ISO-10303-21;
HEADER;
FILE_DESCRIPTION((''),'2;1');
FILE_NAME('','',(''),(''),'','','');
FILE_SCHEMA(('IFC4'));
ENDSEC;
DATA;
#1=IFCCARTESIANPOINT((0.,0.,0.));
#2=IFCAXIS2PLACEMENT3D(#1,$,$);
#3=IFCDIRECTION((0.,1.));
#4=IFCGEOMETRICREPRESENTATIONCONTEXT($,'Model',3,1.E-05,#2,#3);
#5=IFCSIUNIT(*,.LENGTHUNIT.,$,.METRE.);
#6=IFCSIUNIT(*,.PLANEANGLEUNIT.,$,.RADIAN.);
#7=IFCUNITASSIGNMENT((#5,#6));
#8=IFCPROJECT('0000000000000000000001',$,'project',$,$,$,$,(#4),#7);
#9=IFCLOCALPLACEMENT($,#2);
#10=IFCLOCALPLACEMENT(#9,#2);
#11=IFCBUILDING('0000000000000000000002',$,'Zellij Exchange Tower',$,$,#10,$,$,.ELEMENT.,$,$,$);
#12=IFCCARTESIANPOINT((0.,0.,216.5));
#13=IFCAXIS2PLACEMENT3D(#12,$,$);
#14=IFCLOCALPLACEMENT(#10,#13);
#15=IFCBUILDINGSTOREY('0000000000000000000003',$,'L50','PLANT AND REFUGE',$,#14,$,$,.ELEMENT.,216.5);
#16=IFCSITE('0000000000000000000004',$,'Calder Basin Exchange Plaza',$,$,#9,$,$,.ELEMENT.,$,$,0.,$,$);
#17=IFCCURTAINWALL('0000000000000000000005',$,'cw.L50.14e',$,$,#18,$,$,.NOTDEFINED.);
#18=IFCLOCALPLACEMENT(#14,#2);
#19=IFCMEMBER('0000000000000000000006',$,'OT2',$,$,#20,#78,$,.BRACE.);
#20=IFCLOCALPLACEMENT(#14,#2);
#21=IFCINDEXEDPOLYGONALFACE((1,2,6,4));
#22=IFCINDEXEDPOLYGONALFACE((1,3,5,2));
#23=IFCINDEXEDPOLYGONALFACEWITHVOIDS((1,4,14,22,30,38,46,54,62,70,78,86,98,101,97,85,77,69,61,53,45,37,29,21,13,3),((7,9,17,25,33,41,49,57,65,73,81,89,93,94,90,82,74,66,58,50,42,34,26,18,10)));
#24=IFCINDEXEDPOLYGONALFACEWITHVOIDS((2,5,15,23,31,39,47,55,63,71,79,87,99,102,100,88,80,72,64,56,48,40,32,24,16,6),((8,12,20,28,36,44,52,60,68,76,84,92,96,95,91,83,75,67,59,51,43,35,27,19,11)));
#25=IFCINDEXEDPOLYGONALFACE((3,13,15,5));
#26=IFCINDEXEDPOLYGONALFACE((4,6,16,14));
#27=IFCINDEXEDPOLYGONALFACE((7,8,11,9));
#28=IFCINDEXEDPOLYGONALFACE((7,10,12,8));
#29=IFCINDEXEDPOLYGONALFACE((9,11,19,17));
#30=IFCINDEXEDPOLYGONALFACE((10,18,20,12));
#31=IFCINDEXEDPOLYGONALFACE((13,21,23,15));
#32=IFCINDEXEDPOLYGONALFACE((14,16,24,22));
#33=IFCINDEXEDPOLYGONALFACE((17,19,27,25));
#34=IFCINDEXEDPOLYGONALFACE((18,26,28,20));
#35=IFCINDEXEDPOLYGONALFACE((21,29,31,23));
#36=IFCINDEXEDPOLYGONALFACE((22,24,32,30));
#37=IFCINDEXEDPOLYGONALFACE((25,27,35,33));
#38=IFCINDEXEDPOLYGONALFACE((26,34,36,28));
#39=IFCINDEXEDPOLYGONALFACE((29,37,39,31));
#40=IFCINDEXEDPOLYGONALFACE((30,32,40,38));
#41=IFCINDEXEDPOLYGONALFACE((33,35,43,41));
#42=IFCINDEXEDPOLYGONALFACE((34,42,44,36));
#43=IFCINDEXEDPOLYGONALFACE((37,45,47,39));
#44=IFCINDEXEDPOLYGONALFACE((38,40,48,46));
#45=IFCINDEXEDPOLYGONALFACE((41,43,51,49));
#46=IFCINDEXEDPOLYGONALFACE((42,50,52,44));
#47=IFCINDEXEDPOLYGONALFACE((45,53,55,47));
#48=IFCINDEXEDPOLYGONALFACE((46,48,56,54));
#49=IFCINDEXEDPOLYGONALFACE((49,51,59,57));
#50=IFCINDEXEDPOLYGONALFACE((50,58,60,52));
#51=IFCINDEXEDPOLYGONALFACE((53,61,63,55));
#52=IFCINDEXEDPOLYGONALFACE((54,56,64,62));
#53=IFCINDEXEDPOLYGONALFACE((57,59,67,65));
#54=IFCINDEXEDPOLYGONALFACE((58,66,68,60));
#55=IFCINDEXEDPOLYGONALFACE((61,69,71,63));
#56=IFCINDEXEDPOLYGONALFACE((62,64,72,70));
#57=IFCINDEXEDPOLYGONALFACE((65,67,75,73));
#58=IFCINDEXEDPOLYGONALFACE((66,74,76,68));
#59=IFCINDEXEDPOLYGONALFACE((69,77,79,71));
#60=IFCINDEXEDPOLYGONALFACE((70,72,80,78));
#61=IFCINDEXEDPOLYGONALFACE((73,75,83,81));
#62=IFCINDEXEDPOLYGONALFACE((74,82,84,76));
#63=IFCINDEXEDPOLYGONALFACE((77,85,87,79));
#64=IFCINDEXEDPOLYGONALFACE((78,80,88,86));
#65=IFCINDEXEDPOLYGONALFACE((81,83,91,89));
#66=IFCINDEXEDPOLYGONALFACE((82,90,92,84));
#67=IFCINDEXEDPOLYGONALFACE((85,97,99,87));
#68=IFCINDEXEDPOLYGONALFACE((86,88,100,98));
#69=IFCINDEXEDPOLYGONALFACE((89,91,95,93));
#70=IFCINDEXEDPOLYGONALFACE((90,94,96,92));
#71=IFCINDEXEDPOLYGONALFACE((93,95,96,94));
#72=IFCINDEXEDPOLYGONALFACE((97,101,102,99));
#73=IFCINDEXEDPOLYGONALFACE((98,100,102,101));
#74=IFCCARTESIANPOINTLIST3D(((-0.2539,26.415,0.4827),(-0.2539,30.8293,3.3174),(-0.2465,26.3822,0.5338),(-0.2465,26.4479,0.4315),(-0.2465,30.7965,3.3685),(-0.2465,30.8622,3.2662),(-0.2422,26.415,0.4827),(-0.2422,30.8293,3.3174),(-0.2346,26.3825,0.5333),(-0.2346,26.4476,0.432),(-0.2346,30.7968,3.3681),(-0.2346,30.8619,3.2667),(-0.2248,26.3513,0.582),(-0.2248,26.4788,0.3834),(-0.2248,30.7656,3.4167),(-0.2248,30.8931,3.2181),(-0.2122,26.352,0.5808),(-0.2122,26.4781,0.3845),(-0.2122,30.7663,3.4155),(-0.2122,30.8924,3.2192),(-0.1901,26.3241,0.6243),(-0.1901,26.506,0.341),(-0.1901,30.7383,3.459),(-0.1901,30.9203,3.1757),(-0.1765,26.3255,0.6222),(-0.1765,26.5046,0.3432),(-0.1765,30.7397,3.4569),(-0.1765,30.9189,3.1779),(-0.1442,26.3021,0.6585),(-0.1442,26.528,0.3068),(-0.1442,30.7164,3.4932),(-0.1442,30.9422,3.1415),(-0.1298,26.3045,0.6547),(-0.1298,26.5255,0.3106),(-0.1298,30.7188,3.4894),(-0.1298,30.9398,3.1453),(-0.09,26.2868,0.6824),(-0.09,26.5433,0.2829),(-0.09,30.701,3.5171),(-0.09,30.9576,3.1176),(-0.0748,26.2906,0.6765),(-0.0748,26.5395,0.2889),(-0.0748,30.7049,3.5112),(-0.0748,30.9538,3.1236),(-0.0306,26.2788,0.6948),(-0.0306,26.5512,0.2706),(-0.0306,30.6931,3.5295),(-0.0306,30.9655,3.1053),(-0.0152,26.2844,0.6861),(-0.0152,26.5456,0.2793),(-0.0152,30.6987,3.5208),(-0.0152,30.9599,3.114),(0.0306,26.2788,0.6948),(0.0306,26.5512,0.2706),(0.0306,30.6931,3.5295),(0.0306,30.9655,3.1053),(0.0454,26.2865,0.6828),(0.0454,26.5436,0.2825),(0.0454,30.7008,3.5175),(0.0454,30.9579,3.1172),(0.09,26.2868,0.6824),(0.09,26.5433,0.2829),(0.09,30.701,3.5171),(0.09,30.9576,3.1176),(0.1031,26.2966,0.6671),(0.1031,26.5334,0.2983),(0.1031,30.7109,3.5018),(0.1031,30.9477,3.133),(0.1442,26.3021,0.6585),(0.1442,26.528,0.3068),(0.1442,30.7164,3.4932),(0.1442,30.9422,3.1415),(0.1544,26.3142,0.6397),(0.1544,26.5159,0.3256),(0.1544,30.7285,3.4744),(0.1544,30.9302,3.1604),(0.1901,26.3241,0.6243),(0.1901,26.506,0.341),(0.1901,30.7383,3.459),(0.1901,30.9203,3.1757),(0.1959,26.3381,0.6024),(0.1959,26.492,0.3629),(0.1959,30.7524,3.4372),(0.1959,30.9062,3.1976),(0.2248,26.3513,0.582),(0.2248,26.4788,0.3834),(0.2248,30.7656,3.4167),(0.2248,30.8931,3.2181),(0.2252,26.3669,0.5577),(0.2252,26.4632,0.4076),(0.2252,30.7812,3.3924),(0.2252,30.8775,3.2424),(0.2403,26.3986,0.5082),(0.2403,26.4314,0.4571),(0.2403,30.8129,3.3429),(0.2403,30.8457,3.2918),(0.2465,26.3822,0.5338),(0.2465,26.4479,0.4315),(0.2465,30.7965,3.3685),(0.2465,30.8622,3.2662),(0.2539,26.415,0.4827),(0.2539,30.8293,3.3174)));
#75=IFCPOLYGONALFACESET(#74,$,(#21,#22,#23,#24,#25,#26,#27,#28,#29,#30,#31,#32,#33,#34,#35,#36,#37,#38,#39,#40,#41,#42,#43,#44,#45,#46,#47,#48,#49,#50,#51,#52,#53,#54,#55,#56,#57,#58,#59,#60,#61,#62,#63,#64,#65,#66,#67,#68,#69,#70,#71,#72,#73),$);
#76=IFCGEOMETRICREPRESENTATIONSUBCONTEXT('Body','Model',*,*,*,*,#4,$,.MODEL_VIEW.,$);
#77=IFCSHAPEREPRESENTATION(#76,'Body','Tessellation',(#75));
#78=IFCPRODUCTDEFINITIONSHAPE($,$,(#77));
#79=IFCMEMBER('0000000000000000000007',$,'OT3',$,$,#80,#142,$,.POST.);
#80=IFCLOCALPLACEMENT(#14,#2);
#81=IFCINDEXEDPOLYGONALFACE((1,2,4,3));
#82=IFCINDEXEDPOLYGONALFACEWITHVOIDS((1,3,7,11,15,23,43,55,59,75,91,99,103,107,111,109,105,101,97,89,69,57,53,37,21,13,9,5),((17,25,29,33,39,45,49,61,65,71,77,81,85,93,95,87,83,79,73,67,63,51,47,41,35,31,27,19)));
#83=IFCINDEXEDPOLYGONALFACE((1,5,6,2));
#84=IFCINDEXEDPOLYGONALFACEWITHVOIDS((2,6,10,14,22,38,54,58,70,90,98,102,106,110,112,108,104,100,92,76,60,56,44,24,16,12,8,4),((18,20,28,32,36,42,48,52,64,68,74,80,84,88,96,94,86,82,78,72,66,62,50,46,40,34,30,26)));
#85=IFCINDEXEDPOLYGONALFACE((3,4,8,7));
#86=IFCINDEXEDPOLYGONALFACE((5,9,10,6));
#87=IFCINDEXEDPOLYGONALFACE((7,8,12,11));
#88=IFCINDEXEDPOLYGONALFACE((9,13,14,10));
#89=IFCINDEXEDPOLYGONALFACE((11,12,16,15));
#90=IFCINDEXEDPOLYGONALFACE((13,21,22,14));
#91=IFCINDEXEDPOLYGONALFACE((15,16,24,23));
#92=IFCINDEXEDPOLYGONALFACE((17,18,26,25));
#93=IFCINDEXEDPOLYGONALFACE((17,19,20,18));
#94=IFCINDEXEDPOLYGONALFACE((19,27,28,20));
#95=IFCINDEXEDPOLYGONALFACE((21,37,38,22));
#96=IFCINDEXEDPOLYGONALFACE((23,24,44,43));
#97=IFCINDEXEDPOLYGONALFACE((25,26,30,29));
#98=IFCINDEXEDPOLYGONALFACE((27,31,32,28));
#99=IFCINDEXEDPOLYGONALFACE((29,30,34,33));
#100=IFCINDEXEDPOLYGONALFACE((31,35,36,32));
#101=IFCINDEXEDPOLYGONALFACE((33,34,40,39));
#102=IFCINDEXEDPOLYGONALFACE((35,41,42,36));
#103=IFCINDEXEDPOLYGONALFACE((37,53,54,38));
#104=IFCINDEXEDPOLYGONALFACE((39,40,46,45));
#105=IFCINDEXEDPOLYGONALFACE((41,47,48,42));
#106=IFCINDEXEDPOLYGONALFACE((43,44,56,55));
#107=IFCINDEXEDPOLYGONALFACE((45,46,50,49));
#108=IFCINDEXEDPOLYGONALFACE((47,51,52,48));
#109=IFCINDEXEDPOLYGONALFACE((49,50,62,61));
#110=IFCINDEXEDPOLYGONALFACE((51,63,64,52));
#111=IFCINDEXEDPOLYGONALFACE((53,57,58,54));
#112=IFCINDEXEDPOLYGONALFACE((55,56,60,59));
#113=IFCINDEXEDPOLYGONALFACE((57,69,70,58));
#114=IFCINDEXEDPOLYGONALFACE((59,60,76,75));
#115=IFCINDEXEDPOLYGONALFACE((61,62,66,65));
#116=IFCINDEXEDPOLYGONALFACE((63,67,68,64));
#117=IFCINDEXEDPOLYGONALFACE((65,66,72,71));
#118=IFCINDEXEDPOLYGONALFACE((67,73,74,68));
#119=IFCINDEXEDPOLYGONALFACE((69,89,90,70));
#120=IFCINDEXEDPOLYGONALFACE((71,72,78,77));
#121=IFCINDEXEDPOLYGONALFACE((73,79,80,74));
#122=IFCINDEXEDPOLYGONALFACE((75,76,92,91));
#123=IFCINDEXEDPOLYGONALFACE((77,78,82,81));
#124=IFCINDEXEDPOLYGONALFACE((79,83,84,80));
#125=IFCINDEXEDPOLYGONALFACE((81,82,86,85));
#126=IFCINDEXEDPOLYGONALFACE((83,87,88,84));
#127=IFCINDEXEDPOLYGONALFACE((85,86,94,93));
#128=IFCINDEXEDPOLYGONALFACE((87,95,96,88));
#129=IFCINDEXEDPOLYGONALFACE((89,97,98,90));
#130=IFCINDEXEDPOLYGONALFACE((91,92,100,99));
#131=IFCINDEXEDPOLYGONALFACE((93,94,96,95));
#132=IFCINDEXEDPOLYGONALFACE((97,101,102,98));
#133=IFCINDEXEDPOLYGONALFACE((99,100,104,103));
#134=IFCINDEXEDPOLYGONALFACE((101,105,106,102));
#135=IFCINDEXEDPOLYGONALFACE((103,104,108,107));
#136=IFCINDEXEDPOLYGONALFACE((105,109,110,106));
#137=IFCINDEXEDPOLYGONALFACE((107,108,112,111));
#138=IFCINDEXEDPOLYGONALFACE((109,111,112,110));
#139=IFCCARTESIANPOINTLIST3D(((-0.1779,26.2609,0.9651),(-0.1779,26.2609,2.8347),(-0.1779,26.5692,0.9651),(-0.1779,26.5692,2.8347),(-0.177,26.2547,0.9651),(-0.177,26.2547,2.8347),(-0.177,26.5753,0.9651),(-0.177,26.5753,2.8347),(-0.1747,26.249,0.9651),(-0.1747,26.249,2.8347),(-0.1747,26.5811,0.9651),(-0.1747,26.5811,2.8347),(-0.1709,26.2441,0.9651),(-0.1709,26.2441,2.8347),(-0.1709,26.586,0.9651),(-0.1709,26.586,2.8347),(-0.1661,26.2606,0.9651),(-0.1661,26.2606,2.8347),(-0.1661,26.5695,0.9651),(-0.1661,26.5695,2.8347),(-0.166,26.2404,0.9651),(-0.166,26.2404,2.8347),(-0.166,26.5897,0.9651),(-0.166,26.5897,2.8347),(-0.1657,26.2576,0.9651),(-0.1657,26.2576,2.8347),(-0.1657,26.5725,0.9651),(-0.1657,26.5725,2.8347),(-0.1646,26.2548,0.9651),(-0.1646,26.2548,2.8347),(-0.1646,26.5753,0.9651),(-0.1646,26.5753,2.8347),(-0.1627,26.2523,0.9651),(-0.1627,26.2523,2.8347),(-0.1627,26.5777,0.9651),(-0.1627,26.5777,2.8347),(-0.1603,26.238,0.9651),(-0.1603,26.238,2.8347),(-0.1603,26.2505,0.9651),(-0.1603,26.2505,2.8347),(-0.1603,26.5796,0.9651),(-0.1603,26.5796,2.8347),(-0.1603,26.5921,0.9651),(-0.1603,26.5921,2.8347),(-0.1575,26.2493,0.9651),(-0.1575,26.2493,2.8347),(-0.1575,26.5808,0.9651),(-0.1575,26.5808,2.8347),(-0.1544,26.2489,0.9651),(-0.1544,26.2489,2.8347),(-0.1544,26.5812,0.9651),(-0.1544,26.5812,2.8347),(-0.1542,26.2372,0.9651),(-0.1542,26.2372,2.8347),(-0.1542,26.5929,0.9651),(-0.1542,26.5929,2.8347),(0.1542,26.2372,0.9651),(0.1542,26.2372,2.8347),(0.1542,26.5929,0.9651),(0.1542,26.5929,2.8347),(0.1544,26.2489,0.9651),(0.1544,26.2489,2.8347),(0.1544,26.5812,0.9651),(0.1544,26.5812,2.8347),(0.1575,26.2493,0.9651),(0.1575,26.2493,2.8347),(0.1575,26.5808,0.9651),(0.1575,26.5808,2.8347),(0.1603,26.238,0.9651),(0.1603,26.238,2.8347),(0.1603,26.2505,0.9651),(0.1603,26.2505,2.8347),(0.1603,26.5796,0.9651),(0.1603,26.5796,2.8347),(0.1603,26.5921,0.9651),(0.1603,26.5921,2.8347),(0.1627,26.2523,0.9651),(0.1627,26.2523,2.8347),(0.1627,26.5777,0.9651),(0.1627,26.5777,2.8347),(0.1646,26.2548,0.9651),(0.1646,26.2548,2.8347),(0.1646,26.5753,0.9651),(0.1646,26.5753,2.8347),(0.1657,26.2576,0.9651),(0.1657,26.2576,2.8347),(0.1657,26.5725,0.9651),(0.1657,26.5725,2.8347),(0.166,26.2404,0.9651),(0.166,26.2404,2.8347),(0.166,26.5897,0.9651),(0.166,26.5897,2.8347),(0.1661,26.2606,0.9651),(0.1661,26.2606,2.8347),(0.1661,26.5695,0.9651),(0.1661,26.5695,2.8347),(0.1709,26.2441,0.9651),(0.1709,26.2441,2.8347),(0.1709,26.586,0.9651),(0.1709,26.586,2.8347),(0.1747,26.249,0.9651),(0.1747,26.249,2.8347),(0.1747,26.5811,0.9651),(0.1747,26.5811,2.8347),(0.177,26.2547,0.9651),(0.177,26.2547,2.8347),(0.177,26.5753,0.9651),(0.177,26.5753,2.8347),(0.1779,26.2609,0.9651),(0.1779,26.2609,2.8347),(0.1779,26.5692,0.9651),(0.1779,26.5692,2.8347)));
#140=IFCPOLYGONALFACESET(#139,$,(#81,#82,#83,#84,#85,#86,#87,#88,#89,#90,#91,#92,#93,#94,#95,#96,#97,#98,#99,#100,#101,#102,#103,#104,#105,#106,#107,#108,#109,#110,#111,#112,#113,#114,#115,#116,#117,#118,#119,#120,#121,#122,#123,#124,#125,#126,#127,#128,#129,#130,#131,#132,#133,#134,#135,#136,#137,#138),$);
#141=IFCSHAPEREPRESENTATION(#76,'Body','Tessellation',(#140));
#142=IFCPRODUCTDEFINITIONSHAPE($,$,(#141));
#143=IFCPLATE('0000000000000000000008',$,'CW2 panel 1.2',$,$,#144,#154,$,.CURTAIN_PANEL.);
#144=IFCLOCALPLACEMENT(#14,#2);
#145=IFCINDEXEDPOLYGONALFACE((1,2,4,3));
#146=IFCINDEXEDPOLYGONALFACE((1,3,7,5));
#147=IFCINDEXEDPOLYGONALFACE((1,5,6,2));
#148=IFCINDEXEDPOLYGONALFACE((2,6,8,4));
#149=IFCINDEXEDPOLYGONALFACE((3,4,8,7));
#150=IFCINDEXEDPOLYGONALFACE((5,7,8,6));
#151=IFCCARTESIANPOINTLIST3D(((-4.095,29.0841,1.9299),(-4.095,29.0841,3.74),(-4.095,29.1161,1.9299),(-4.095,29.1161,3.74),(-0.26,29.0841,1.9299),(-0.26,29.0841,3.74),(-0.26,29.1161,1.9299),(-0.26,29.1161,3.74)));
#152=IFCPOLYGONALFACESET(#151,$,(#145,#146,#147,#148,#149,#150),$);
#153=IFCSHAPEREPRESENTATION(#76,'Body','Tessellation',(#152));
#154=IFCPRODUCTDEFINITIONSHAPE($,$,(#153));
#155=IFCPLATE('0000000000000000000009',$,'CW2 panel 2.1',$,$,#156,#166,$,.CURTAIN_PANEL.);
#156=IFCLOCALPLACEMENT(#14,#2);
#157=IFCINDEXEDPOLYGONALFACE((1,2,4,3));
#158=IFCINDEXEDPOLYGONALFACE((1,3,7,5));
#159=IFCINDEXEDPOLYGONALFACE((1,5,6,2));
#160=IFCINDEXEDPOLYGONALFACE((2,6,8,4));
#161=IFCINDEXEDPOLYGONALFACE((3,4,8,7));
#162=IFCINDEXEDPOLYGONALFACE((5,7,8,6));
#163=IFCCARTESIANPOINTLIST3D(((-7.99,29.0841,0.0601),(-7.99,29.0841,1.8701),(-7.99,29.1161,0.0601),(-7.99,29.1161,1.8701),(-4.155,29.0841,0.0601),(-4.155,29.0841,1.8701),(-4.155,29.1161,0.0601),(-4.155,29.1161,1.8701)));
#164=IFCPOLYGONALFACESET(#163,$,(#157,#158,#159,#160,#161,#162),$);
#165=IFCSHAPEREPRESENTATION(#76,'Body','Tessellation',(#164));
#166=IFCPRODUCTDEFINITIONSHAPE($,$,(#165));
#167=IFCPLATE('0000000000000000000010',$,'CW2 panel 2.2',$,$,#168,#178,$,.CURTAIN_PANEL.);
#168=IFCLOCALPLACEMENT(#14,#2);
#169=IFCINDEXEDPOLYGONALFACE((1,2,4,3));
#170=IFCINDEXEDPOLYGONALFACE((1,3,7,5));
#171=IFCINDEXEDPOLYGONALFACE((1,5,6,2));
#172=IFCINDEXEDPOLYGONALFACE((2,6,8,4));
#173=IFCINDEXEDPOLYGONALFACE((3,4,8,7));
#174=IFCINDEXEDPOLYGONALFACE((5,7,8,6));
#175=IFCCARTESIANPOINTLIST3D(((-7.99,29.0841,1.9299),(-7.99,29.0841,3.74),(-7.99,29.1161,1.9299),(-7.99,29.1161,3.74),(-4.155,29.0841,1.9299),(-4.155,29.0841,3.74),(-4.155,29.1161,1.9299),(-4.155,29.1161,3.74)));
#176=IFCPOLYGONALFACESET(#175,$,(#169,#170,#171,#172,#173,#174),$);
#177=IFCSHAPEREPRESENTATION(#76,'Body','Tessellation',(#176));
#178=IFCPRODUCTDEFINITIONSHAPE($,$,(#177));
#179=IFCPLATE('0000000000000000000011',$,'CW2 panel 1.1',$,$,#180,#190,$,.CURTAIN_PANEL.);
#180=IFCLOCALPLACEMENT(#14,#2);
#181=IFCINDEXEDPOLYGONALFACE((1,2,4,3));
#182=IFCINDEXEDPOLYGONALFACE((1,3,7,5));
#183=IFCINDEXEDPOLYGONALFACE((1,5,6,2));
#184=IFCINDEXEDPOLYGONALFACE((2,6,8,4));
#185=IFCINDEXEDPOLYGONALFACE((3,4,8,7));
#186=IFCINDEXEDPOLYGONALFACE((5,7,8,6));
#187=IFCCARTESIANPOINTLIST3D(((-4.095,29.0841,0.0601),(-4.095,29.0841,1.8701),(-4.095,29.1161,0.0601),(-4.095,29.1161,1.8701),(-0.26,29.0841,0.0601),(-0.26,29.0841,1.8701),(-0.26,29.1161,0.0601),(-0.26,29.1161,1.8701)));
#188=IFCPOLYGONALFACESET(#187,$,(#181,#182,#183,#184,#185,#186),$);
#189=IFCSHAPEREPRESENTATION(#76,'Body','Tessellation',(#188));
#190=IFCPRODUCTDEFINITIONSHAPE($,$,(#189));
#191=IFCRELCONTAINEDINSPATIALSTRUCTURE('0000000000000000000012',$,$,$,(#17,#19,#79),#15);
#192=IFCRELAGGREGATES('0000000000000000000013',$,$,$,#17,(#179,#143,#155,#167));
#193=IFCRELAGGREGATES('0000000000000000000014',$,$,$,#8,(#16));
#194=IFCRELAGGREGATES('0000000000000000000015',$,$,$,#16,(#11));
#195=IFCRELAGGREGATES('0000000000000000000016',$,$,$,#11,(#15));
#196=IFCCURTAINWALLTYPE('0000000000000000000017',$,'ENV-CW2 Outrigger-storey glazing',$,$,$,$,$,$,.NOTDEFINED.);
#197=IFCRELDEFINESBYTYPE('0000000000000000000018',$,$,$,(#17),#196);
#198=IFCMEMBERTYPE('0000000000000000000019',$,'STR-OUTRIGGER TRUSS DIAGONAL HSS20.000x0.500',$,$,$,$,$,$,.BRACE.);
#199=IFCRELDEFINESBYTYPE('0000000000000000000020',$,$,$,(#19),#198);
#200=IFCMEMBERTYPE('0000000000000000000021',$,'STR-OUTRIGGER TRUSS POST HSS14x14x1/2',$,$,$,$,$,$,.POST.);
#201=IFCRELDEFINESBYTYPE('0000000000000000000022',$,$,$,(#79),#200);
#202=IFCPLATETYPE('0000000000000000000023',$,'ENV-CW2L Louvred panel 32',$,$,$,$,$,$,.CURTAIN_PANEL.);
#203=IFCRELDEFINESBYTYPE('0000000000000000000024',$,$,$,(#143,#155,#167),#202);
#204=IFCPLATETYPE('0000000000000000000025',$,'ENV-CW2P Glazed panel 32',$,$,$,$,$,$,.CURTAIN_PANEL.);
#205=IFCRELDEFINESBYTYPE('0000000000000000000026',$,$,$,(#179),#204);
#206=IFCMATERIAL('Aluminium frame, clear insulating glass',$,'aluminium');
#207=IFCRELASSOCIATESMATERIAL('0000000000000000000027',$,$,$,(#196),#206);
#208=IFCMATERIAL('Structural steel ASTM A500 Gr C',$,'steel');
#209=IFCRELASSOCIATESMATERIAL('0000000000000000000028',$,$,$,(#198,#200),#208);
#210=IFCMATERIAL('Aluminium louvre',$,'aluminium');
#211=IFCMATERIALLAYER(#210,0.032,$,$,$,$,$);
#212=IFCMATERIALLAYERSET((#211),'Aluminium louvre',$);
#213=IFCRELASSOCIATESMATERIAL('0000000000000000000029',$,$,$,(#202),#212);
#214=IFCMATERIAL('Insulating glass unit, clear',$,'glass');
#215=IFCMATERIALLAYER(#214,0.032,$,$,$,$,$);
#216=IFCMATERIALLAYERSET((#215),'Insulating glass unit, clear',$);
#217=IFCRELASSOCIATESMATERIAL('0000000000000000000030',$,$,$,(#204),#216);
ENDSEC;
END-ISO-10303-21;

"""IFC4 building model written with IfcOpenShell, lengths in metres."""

from ifc_helpers import new_model, si_unit, direction, frame, origin, origin_2d, place, context, subcontext, project, spatial, rectangle, hollow_rectangle, hollow_circle, extrude, material, layer, layer_set, material_profile, profile_set, type_object, element, aggregate, save


model = new_model("IFC4")

# Units and contexts
model_context = context("Model", 3, precision=1e-05, world=origin(), true_north=direction((0.0, 1.0)))
body_context = subcontext(model_context, "Body", "Model", "MODEL_VIEW")
ifc_project = project(units=[si_unit("LENGTHUNIT", "METRE"), si_unit("PLANEANGLEUNIT", "RADIAN")], contexts=[model_context])

# Site, building, storey
site_placement = place(None, origin())
site = spatial("IfcSite", under=ifc_project, at=site_placement, Name="Calder Basin Exchange Plaza", CompositionType="ELEMENT", RefElevation=0.0)
building_placement = place(site_placement, origin())
building = spatial("IfcBuilding", under=site, at=building_placement, Name="Zellij Exchange Tower", CompositionType="ELEMENT")
storey_placement = place(building_placement, frame((0.0, 0.0, 216.5)))
storey = spatial("IfcBuildingStorey", under=building, at=storey_placement, Name="L50", Description="PLANT AND REFUGE", CompositionType="ELEMENT", Elevation=216.5)

# Curtain wall
ifc_material_1 = material(Name="Aluminium frame, clear insulating glass", Category="aluminium")
curtain_wall_type = type_object("IfcCurtainWallType", Name="ENV-CW2 Outrigger-storey glazing", PredefinedType="NOTDEFINED", material=ifc_material_1)
curtain_wall_placement = place(storey_placement, origin())
curtain_wall = element("IfcCurtainWall", 1, at=curtain_wall_placement, inside=storey, type_object=curtain_wall_type, Name="cw.L50.14e", PredefinedType="NOTDEFINED")

# Shared definitions
ifc_material_2 = material(Name="Structural steel ASTM A500 Gr C", Category="steel")

# Members
ifc_material_profile_1 = material_profile(ifc_material_2, hollow_circle(Radius=0.2539, WallThickness=0.0117, at=origin_2d()), Name="STR-OUTRIGGER TRUSS DIAGONAL HSS20.000x0.500")
ifc_profile_set_1 = profile_set([ifc_material_profile_1], Name="Structural steel ASTM A500 Gr C")
member_type_1 = type_object("IfcMemberType", Name="STR-OUTRIGGER TRUSS DIAGONAL HSS20.000x0.500", PredefinedType="BRACE", material=ifc_profile_set_1)
member_1_placement = place(storey_placement, frame((0.0, 26.415, 0.4827), z_axis=(0.0, 0.841443, 0.540346), x_axis=(-1.0, 0.0, 0.0)))
element("IfcMember", 2, at=member_1_placement, inside=storey, type_object=member_type_1, Name="OT2", PredefinedType="BRACE", context=body_context, shape_type="SweptSolid", body=[
    extrude(hollow_circle(Radius=0.2539, WallThickness=0.0117, at=origin_2d()), origin(), (0.0, 0.0, 1.0), 5.2461),
])
ifc_material_profile_2 = material_profile(ifc_material_2, hollow_rectangle(XDim=0.3557, YDim=0.3557, WallThickness=0.0117, InnerFilletRadius=0.0117, OuterFilletRadius=0.0237, at=origin_2d()), Name="STR-OUTRIGGER TRUSS POST HSS14x14x1/2")
ifc_profile_set_2 = profile_set([ifc_material_profile_2], Name="Structural steel ASTM A500 Gr C")
member_type_2 = type_object("IfcMemberType", Name="STR-OUTRIGGER TRUSS POST HSS14x14x1/2", PredefinedType="POST", material=ifc_profile_set_2)
member_2_placement = place(storey_placement, frame((0.0, 26.415, 0.9651), z_axis=(0.0, 0.0, 1.0), x_axis=(1.0, 0.0, 0.0)))
element("IfcMember", 3, at=member_2_placement, inside=storey, type_object=member_type_2, Name="OT3", PredefinedType="POST", context=body_context, shape_type="SweptSolid", body=[
    extrude(hollow_rectangle(XDim=0.3557, YDim=0.3557, WallThickness=0.0117, InnerFilletRadius=0.0117, OuterFilletRadius=0.0237, at=origin_2d()), origin(), (0.0, 0.0, 1.0), 1.8696),
])

# Plates
ifc_material_3 = material(Name="Aluminium louvre", Category="aluminium")
ifc_layer_1 = layer(ifc_material_3, 0.032)
ifc_layer_set_1 = layer_set([ifc_layer_1], Name="Aluminium louvre")
plate_type_1 = type_object("IfcPlateType", Name="ENV-CW2L Louvred panel 32", PredefinedType="CURTAIN_PANEL", material=ifc_layer_set_1)
plate_1_placement = place(storey_placement, frame((-2.1775, 29.1001, 1.9299), z_axis=(0.0, 0.0, 1.0), x_axis=(-1.0, 0.0, 0.0)))
plate_1 = element("IfcPlate", 4, at=plate_1_placement, type_object=plate_type_1, Name="CW2 panel 1.2", PredefinedType="CURTAIN_PANEL", context=body_context, shape_type="SweptSolid", body=[
    extrude(rectangle(XDim=3.835, YDim=0.032, at=origin_2d()), origin(), (0.0, 0.0, 1.0), 1.8101),
])
plate_2_placement = place(storey_placement, frame((-6.0725, 29.1001, 0.0601), z_axis=(0.0, 0.0, 1.0), x_axis=(-1.0, 0.0, 0.0)))
plate_2 = element("IfcPlate", 5, at=plate_2_placement, type_object=plate_type_1, Name="CW2 panel 2.1", PredefinedType="CURTAIN_PANEL", context=body_context, shape_type="SweptSolid", body=[
    extrude(rectangle(XDim=3.835, YDim=0.032, at=origin_2d()), origin(), (0.0, 0.0, 1.0), 1.8101),
])
plate_3_placement = place(storey_placement, frame((-6.0725, 29.1001, 1.9299), z_axis=(0.0, 0.0, 1.0), x_axis=(-1.0, 0.0, 0.0)))
plate_3 = element("IfcPlate", 6, at=plate_3_placement, type_object=plate_type_1, Name="CW2 panel 2.2", PredefinedType="CURTAIN_PANEL", context=body_context, shape_type="SweptSolid", body=[
    extrude(rectangle(XDim=3.835, YDim=0.032, at=origin_2d()), origin(), (0.0, 0.0, 1.0), 1.8101),
])
ifc_material_4 = material(Name="Insulating glass unit, clear", Category="glass")
ifc_layer_2 = layer(ifc_material_4, 0.032)
ifc_layer_set_2 = layer_set([ifc_layer_2], Name="Insulating glass unit, clear")
plate_type_2 = type_object("IfcPlateType", Name="ENV-CW2P Glazed panel 32", PredefinedType="CURTAIN_PANEL", material=ifc_layer_set_2)
plate_4_placement = place(storey_placement, frame((-2.1775, 29.1001, 0.0601), z_axis=(0.0, 0.0, 1.0), x_axis=(-1.0, 0.0, 0.0)))
plate_4 = element("IfcPlate", 7, at=plate_4_placement, type_object=plate_type_2, Name="CW2 panel 1.1", PredefinedType="CURTAIN_PANEL", context=body_context, shape_type="SweptSolid", body=[
    extrude(rectangle(XDim=3.835, YDim=0.032, at=origin_2d()), origin(), (0.0, 0.0, 1.0), 1.8101),
])
aggregate(curtain_wall, [plate_4, plate_1, plate_2, plate_3])

save(model, "model.ifc")
